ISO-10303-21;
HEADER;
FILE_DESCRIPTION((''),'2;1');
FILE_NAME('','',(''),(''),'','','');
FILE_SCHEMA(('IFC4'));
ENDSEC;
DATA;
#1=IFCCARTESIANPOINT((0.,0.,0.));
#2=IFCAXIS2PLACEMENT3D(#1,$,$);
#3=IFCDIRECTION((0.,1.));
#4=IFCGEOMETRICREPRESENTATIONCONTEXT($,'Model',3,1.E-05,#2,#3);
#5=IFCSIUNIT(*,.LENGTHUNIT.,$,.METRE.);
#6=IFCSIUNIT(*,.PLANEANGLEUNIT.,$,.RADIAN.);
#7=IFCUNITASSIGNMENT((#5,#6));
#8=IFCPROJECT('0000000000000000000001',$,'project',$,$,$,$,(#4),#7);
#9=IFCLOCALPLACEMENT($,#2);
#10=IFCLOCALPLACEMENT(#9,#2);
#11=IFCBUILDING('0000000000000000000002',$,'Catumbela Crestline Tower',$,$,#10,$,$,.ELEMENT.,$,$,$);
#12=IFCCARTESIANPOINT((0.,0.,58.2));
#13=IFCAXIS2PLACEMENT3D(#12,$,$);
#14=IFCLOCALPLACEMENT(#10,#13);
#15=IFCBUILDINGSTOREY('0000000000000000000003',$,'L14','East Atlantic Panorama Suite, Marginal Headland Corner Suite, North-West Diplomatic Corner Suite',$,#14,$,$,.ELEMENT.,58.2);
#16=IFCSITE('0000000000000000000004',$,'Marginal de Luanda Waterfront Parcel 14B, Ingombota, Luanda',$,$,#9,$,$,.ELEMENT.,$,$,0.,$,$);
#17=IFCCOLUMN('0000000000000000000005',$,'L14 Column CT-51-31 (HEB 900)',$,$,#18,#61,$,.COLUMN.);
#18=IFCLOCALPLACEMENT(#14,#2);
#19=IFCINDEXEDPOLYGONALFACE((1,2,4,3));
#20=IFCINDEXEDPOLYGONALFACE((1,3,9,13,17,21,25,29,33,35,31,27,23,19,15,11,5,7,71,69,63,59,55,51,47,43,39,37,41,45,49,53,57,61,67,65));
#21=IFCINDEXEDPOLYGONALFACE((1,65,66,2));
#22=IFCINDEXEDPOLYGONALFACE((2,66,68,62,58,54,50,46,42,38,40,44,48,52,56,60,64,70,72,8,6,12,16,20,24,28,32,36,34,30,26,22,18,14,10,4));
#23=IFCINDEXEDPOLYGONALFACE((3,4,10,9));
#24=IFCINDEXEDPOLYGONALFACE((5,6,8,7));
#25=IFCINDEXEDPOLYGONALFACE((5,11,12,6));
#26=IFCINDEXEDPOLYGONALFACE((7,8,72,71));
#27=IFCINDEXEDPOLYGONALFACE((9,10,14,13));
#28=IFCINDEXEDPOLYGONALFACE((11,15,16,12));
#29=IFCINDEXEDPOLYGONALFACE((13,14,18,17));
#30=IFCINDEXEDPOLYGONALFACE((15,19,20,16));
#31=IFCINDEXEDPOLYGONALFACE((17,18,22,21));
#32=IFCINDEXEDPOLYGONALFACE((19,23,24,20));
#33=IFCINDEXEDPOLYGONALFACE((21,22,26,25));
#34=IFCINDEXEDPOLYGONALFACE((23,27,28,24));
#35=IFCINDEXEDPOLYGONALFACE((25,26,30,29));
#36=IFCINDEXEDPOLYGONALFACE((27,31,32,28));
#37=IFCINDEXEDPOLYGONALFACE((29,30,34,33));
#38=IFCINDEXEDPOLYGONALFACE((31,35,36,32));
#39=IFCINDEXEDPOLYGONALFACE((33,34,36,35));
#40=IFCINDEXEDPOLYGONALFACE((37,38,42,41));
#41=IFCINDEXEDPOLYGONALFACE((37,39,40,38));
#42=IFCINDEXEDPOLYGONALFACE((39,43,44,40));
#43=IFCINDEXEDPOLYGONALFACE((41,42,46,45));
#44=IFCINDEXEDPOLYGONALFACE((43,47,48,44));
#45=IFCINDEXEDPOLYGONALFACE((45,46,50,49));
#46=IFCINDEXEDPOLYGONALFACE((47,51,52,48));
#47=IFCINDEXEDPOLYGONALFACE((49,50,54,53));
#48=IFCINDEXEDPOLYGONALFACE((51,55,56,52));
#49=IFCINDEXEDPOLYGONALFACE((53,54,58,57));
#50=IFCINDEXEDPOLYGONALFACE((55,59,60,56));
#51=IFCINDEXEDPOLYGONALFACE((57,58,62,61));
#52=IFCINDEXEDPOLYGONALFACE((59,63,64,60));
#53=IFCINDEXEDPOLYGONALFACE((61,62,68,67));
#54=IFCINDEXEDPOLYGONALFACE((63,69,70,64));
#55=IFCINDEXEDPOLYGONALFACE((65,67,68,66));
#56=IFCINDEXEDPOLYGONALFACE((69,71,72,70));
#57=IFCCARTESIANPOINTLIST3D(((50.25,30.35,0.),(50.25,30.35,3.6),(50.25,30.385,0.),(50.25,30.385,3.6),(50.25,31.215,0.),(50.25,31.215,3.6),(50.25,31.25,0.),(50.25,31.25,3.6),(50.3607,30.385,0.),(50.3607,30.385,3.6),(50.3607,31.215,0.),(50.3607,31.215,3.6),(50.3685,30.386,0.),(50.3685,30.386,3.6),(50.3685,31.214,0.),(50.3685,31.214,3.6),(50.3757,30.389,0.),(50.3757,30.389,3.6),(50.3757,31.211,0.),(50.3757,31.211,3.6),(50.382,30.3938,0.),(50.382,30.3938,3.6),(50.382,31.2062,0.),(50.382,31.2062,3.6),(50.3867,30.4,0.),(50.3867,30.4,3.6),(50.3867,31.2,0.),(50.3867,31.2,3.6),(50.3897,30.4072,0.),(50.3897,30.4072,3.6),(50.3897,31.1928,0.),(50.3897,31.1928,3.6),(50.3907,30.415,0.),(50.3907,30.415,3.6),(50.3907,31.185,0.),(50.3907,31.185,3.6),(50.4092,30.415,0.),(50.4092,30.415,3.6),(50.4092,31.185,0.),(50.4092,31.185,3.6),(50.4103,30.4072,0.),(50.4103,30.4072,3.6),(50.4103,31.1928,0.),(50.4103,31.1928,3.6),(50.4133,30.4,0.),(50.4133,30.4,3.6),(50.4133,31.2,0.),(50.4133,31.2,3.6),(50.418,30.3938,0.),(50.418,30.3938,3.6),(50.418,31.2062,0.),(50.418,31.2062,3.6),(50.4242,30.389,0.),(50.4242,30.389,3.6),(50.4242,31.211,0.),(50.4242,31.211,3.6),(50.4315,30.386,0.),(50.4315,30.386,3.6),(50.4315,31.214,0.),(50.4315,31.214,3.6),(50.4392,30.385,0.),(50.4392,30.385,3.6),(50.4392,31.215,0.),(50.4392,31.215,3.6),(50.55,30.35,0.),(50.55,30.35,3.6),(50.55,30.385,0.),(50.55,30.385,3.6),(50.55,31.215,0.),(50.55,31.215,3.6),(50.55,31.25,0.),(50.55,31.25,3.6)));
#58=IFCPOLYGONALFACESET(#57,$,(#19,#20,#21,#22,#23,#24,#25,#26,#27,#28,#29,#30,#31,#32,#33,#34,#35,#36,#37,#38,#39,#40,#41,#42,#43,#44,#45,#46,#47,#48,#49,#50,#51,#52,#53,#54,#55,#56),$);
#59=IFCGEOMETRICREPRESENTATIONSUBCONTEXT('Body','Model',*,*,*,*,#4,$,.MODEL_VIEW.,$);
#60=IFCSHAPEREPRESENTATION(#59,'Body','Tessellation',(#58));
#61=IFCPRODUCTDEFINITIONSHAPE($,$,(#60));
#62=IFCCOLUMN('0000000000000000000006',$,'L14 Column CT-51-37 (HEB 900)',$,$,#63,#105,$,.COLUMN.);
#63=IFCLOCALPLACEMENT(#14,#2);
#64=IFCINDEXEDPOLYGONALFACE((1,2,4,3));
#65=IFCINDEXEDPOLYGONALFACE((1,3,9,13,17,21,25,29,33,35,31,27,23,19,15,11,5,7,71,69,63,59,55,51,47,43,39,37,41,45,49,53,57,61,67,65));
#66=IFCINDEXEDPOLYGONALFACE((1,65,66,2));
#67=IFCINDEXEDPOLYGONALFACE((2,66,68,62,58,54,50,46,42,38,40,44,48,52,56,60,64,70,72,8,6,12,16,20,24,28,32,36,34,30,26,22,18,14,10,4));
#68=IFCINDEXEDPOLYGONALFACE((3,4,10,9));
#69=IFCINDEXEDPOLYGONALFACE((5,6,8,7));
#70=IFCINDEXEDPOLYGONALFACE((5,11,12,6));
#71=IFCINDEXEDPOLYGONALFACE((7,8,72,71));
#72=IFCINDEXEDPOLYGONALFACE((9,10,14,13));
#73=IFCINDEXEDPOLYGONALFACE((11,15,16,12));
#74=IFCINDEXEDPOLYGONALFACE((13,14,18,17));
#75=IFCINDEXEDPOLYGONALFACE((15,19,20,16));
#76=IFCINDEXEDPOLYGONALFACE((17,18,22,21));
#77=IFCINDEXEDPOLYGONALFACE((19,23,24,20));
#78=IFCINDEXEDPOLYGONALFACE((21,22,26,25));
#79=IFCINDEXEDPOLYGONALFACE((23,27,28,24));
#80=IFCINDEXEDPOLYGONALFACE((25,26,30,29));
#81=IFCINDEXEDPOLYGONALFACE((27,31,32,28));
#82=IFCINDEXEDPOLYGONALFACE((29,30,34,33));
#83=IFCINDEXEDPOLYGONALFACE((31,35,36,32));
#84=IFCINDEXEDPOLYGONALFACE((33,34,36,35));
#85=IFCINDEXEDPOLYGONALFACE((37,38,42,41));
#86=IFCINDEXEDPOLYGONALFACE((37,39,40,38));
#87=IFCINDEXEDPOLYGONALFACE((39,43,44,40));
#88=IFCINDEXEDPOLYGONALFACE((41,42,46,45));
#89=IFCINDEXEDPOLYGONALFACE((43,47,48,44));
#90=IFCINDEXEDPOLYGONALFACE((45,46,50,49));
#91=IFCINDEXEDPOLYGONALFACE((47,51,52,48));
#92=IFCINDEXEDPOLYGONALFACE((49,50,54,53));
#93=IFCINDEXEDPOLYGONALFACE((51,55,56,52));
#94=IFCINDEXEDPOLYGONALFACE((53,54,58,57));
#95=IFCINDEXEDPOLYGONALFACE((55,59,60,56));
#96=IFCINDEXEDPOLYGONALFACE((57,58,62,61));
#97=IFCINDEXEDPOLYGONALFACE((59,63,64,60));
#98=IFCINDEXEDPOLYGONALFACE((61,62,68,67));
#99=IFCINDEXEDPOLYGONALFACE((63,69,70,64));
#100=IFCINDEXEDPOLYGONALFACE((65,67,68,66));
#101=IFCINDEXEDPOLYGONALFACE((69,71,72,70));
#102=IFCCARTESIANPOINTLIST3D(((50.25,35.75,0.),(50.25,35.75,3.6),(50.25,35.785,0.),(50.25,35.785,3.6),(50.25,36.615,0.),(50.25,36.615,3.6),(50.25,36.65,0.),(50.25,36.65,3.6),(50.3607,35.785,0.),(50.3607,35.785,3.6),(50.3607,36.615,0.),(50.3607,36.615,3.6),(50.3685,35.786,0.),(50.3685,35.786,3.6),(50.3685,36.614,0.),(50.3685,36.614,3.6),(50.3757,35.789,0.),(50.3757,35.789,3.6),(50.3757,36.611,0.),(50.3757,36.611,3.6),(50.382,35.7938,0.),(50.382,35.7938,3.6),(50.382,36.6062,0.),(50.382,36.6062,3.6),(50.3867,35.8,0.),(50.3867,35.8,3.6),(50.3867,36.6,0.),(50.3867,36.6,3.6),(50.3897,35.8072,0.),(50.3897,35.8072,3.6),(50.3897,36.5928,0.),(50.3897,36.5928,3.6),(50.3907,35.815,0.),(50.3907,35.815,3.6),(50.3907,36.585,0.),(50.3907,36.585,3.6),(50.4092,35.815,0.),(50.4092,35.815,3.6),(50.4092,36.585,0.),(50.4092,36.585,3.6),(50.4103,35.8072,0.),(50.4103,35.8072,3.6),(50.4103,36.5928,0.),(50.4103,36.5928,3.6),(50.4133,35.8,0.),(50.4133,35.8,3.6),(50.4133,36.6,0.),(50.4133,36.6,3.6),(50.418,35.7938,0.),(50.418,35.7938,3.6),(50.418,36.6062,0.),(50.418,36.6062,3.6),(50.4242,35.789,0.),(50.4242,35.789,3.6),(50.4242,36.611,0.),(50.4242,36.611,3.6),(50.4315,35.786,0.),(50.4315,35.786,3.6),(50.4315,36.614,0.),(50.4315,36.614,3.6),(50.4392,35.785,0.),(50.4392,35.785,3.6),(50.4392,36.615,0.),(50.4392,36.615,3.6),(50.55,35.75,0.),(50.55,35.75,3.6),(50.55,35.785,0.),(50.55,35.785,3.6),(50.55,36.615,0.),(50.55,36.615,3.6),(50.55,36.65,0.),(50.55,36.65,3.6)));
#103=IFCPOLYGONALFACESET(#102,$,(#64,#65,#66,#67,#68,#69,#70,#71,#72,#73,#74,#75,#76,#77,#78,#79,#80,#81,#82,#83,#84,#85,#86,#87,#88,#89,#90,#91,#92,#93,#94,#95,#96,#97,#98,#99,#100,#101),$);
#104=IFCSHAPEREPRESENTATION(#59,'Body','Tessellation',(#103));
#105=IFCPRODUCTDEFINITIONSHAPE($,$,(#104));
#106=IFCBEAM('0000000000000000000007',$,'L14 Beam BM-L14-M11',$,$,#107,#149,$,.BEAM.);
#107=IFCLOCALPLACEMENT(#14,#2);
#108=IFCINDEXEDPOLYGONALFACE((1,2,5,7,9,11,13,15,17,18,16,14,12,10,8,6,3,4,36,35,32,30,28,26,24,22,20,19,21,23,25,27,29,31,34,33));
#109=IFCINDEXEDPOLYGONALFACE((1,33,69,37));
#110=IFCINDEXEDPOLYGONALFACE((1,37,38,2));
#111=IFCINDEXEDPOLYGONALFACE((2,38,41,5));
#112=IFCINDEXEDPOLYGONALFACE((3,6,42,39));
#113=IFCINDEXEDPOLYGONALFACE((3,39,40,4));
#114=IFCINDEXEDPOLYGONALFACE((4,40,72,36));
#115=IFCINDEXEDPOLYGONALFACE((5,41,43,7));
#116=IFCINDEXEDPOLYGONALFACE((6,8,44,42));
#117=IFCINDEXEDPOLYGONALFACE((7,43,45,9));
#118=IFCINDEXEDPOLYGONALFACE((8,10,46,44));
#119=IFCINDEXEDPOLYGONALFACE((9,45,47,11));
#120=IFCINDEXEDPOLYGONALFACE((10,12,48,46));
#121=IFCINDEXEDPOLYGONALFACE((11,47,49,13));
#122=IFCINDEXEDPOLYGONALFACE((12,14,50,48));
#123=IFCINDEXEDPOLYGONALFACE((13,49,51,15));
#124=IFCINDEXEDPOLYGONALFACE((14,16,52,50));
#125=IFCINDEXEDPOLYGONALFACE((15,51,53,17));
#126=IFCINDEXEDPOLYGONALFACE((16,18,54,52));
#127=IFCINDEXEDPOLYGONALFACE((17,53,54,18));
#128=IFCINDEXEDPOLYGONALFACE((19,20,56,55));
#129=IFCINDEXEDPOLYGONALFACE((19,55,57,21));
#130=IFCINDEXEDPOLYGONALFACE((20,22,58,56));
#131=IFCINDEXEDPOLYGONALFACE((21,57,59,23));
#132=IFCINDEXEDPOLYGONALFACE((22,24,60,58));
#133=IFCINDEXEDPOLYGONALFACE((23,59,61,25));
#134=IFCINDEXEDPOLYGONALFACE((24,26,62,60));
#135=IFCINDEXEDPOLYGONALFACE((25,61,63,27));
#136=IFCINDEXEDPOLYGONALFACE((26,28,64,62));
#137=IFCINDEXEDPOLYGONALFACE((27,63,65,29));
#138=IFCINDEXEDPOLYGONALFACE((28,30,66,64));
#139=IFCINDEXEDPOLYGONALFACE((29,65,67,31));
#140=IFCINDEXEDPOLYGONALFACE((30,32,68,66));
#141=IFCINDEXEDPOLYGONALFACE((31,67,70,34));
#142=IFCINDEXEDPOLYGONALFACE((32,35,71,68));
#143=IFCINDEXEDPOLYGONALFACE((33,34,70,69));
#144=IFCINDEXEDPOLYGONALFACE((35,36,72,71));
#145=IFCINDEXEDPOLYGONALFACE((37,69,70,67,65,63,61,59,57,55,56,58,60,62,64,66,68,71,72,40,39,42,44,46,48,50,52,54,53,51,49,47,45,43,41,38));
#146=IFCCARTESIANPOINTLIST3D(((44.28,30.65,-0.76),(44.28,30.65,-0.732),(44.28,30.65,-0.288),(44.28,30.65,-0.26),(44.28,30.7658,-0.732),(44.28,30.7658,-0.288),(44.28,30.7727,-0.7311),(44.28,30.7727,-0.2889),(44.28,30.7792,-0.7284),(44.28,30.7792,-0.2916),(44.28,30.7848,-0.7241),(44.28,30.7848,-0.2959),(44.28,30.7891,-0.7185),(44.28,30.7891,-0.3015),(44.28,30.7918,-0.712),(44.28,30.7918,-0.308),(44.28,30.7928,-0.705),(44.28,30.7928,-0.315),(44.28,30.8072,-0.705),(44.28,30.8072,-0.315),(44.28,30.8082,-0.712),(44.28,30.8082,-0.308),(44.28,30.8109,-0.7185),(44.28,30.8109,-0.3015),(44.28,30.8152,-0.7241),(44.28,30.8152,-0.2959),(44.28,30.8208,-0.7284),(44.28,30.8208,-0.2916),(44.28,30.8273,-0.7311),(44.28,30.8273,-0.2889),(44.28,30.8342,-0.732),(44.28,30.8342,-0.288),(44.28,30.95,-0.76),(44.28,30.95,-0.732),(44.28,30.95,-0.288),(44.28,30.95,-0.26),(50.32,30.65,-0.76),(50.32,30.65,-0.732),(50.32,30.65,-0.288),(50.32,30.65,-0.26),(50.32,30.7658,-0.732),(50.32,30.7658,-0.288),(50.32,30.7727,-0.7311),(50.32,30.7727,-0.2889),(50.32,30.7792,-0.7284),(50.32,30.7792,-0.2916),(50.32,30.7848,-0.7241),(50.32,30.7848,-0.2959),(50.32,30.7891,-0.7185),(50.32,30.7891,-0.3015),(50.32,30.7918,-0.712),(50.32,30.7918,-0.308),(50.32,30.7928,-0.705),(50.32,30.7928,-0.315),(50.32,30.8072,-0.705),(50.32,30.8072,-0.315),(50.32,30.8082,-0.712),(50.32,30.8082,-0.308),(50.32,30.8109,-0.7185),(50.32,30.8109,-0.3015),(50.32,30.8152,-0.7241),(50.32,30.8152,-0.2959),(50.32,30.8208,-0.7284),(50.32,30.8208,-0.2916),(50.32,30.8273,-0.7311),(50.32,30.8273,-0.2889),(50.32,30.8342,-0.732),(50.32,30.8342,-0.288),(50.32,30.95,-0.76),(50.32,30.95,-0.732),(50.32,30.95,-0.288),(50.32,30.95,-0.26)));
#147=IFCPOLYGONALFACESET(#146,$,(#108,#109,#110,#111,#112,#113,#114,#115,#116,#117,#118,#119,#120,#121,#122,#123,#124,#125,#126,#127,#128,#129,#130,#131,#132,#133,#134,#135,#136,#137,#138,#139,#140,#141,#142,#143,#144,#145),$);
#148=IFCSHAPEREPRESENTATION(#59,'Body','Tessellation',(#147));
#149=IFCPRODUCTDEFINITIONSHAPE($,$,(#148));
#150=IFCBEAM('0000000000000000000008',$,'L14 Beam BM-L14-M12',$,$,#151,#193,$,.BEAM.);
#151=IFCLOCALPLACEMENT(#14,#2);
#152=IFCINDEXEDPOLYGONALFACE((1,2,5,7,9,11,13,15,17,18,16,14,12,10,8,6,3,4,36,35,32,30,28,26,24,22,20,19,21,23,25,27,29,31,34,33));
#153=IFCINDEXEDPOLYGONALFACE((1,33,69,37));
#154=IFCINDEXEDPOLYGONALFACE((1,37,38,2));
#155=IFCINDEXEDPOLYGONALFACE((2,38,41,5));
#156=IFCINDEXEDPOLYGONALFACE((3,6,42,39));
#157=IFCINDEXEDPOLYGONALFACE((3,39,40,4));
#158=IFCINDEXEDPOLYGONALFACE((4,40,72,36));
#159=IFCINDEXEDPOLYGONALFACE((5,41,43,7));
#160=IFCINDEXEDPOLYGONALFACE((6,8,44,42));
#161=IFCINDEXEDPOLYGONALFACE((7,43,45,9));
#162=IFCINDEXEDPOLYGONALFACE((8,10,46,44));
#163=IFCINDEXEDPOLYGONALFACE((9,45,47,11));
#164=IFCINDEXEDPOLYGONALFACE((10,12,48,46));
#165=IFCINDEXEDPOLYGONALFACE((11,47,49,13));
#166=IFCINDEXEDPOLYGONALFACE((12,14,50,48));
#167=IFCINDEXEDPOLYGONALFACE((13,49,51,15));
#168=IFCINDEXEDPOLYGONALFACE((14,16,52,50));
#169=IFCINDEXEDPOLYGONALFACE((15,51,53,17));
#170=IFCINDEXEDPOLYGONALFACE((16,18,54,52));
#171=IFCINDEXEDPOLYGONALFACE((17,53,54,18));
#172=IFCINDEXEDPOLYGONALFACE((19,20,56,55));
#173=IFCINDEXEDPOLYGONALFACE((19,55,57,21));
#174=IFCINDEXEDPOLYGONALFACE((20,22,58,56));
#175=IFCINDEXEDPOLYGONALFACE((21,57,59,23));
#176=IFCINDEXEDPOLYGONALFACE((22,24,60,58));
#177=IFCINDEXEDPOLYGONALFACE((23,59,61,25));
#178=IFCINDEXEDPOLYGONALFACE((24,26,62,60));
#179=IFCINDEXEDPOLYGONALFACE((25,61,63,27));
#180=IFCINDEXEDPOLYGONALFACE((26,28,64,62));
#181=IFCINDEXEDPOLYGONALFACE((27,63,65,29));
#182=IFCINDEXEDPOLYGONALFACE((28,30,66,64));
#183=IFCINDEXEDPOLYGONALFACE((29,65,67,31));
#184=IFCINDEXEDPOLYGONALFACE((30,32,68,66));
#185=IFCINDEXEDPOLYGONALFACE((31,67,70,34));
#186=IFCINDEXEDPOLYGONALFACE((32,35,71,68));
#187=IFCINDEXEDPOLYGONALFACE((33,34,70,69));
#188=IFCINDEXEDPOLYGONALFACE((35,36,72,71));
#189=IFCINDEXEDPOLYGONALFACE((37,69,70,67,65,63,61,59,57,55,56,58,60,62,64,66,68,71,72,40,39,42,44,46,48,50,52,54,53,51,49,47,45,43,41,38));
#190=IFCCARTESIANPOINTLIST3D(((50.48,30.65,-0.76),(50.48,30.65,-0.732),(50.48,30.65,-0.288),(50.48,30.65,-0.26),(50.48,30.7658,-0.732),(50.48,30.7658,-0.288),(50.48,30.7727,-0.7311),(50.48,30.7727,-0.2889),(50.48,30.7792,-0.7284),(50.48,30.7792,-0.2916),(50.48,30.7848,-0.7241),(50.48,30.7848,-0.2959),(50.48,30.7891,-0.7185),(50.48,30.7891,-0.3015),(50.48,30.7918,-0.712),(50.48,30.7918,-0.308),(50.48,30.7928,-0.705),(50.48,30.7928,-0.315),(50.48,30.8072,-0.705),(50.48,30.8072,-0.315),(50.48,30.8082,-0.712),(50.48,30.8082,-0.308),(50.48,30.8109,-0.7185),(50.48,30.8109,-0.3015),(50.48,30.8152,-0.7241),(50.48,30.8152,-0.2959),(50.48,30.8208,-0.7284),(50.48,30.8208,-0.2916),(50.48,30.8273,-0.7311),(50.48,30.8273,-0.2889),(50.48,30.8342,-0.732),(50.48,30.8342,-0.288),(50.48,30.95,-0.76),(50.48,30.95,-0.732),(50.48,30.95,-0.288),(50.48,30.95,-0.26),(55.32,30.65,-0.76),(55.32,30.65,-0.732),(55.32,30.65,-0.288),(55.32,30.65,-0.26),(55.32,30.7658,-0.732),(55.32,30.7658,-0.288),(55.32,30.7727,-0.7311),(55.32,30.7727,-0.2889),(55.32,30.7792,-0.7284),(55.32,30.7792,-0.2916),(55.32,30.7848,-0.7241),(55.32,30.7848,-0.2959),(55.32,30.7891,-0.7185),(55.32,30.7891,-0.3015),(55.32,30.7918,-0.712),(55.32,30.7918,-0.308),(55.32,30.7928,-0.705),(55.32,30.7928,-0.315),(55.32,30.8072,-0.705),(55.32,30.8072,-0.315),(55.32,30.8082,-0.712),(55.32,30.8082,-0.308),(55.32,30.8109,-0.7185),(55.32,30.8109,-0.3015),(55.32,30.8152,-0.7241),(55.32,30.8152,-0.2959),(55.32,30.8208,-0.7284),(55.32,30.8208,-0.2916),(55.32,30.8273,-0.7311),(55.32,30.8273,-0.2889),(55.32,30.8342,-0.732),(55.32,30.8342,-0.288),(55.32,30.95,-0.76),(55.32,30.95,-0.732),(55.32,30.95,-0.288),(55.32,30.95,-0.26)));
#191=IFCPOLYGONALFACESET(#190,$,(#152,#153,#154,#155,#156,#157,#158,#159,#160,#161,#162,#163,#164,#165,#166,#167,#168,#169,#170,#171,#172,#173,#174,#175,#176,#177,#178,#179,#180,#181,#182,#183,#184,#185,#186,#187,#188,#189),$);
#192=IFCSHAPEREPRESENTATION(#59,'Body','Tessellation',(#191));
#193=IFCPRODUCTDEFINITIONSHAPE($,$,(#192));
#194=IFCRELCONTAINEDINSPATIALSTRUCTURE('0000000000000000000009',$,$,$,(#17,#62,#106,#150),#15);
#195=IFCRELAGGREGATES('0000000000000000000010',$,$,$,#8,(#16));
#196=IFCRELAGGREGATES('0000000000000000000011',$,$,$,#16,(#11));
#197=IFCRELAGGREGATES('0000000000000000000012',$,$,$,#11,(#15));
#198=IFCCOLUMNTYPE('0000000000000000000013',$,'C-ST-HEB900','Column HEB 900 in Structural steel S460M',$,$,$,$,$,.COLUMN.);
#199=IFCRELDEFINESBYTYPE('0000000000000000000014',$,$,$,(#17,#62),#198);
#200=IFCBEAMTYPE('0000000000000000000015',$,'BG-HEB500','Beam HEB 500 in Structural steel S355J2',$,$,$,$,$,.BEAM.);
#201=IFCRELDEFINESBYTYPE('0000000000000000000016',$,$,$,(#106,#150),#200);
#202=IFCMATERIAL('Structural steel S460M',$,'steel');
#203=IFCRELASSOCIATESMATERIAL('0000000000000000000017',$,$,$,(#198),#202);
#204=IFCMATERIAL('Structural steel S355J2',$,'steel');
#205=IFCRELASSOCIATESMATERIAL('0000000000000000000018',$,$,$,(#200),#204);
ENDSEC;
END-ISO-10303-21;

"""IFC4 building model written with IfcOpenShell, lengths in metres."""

from ifc_helpers import new_model, si_unit, direction, frame, origin, origin_2d, place, context, subcontext, project, spatial, i_section, extrude, material, material_profile, profile_set, type_object, element, save


model = new_model("IFC4")

# Units and contexts
model_context = context("Model", 3, precision=1e-05, world=origin(), true_north=direction((0.0, 1.0)))
body_context = subcontext(model_context, "Body", "Model", "MODEL_VIEW")
ifc_project = project(units=[si_unit("LENGTHUNIT", "METRE"), si_unit("PLANEANGLEUNIT", "RADIAN")], contexts=[model_context])

# Site, building, storey
site_placement = place(None, origin())
site = spatial("IfcSite", under=ifc_project, at=site_placement, Name="Marginal de Luanda Waterfront Parcel 14B, Ingombota, Luanda", CompositionType="ELEMENT", RefElevation=0.0)
building_placement = place(site_placement, origin())
building = spatial("IfcBuilding", under=site, at=building_placement, Name="Catumbela Crestline Tower", CompositionType="ELEMENT")
storey_placement = place(building_placement, frame((0.0, 0.0, 58.2)))
storey = spatial("IfcBuildingStorey", under=building, at=storey_placement, Name="L14", Description="East Atlantic Panorama Suite, Marginal Headland Corner Suite, North-West Diplomatic Corner Suite", CompositionType="ELEMENT", Elevation=58.2)

# Columns
ifc_material_1 = material(Name="Structural steel S460M", Category="steel")
ifc_material_profile_1 = material_profile(ifc_material_1, i_section(OverallWidth=0.3, OverallDepth=0.9, WebThickness=0.0185, FlangeThickness=0.035, FilletRadius=0.03, at=origin_2d()), Name="HEB 900")
ifc_profile_set_1 = profile_set([ifc_material_profile_1], Name="Structural steel S460M")
column_type_1 = type_object("IfcColumnType", Name="C-ST-HEB900", Description="Column HEB 900 in Structural steel S460M", PredefinedType="COLUMN", material=ifc_profile_set_1)
for number, where, z_axis, x_axis, name in (
    (1, (50.4, 30.8, 0.0), (0.0, 0.0, 1.0), (1.0, 0.0, 0.0), "L14 Column CT-51-31 (HEB 900)"),
    (2, (50.4, 36.2, 0.0), (0.0, 0.0, 1.0), (1.0, 0.0, 0.0), "L14 Column CT-51-37 (HEB 900)"),
):
    element("IfcColumn", number, at=place(storey_placement, frame(where, z_axis=z_axis, x_axis=x_axis)), inside=storey, type_object=column_type_1, Name=name, PredefinedType="COLUMN", context=body_context, shape_type="SweptSolid", body=[
        extrude(i_section(OverallWidth=0.3, OverallDepth=0.9, WebThickness=0.0185, FlangeThickness=0.035, FilletRadius=0.03, at=origin_2d()), origin(), (0.0, 0.0, 1.0), 3.6),
    ])

# Beams
ifc_material_2 = material(Name="Structural steel S355J2", Category="steel")
ifc_material_profile_2 = material_profile(ifc_material_2, i_section(OverallWidth=0.3, OverallDepth=0.5, WebThickness=0.0145, FlangeThickness=0.028, FilletRadius=0.027, at=origin_2d()), Name="HEB 500")
ifc_profile_set_2 = profile_set([ifc_material_profile_2], Name="Structural steel S355J2")
beam_type_1 = type_object("IfcBeamType", Name="BG-HEB500", Description="Beam HEB 500 in Structural steel S355J2", PredefinedType="BEAM", material=ifc_profile_set_2)
beam_1_placement = place(storey_placement, frame((44.28, 30.8, -0.51), z_axis=(1.0, 0.0, 0.0), x_axis=(0.0, 1.0, 0.0)))
element("IfcBeam", 3, at=beam_1_placement, inside=storey, type_object=beam_type_1, Name="L14 Beam BM-L14-M11", PredefinedType="BEAM", context=body_context, shape_type="SweptSolid", body=[
    extrude(i_section(OverallWidth=0.3, OverallDepth=0.5, WebThickness=0.0145, FlangeThickness=0.028, FilletRadius=0.027, at=origin_2d()), origin(), (0.0, 0.0, 1.0), 6.04),
])
beam_2_placement = place(storey_placement, frame((50.48, 30.8, -0.51), z_axis=(1.0, 0.0, 0.0), x_axis=(0.0, 1.0, 0.0)))
element("IfcBeam", 4, at=beam_2_placement, inside=storey, type_object=beam_type_1, Name="L14 Beam BM-L14-M12", PredefinedType="BEAM", context=body_context, shape_type="SweptSolid", body=[
    extrude(i_section(OverallWidth=0.3, OverallDepth=0.5, WebThickness=0.0145, FlangeThickness=0.028, FilletRadius=0.027, at=origin_2d()), origin(), (0.0, 0.0, 1.0), 4.84),
])

save(model, "model.ifc")
